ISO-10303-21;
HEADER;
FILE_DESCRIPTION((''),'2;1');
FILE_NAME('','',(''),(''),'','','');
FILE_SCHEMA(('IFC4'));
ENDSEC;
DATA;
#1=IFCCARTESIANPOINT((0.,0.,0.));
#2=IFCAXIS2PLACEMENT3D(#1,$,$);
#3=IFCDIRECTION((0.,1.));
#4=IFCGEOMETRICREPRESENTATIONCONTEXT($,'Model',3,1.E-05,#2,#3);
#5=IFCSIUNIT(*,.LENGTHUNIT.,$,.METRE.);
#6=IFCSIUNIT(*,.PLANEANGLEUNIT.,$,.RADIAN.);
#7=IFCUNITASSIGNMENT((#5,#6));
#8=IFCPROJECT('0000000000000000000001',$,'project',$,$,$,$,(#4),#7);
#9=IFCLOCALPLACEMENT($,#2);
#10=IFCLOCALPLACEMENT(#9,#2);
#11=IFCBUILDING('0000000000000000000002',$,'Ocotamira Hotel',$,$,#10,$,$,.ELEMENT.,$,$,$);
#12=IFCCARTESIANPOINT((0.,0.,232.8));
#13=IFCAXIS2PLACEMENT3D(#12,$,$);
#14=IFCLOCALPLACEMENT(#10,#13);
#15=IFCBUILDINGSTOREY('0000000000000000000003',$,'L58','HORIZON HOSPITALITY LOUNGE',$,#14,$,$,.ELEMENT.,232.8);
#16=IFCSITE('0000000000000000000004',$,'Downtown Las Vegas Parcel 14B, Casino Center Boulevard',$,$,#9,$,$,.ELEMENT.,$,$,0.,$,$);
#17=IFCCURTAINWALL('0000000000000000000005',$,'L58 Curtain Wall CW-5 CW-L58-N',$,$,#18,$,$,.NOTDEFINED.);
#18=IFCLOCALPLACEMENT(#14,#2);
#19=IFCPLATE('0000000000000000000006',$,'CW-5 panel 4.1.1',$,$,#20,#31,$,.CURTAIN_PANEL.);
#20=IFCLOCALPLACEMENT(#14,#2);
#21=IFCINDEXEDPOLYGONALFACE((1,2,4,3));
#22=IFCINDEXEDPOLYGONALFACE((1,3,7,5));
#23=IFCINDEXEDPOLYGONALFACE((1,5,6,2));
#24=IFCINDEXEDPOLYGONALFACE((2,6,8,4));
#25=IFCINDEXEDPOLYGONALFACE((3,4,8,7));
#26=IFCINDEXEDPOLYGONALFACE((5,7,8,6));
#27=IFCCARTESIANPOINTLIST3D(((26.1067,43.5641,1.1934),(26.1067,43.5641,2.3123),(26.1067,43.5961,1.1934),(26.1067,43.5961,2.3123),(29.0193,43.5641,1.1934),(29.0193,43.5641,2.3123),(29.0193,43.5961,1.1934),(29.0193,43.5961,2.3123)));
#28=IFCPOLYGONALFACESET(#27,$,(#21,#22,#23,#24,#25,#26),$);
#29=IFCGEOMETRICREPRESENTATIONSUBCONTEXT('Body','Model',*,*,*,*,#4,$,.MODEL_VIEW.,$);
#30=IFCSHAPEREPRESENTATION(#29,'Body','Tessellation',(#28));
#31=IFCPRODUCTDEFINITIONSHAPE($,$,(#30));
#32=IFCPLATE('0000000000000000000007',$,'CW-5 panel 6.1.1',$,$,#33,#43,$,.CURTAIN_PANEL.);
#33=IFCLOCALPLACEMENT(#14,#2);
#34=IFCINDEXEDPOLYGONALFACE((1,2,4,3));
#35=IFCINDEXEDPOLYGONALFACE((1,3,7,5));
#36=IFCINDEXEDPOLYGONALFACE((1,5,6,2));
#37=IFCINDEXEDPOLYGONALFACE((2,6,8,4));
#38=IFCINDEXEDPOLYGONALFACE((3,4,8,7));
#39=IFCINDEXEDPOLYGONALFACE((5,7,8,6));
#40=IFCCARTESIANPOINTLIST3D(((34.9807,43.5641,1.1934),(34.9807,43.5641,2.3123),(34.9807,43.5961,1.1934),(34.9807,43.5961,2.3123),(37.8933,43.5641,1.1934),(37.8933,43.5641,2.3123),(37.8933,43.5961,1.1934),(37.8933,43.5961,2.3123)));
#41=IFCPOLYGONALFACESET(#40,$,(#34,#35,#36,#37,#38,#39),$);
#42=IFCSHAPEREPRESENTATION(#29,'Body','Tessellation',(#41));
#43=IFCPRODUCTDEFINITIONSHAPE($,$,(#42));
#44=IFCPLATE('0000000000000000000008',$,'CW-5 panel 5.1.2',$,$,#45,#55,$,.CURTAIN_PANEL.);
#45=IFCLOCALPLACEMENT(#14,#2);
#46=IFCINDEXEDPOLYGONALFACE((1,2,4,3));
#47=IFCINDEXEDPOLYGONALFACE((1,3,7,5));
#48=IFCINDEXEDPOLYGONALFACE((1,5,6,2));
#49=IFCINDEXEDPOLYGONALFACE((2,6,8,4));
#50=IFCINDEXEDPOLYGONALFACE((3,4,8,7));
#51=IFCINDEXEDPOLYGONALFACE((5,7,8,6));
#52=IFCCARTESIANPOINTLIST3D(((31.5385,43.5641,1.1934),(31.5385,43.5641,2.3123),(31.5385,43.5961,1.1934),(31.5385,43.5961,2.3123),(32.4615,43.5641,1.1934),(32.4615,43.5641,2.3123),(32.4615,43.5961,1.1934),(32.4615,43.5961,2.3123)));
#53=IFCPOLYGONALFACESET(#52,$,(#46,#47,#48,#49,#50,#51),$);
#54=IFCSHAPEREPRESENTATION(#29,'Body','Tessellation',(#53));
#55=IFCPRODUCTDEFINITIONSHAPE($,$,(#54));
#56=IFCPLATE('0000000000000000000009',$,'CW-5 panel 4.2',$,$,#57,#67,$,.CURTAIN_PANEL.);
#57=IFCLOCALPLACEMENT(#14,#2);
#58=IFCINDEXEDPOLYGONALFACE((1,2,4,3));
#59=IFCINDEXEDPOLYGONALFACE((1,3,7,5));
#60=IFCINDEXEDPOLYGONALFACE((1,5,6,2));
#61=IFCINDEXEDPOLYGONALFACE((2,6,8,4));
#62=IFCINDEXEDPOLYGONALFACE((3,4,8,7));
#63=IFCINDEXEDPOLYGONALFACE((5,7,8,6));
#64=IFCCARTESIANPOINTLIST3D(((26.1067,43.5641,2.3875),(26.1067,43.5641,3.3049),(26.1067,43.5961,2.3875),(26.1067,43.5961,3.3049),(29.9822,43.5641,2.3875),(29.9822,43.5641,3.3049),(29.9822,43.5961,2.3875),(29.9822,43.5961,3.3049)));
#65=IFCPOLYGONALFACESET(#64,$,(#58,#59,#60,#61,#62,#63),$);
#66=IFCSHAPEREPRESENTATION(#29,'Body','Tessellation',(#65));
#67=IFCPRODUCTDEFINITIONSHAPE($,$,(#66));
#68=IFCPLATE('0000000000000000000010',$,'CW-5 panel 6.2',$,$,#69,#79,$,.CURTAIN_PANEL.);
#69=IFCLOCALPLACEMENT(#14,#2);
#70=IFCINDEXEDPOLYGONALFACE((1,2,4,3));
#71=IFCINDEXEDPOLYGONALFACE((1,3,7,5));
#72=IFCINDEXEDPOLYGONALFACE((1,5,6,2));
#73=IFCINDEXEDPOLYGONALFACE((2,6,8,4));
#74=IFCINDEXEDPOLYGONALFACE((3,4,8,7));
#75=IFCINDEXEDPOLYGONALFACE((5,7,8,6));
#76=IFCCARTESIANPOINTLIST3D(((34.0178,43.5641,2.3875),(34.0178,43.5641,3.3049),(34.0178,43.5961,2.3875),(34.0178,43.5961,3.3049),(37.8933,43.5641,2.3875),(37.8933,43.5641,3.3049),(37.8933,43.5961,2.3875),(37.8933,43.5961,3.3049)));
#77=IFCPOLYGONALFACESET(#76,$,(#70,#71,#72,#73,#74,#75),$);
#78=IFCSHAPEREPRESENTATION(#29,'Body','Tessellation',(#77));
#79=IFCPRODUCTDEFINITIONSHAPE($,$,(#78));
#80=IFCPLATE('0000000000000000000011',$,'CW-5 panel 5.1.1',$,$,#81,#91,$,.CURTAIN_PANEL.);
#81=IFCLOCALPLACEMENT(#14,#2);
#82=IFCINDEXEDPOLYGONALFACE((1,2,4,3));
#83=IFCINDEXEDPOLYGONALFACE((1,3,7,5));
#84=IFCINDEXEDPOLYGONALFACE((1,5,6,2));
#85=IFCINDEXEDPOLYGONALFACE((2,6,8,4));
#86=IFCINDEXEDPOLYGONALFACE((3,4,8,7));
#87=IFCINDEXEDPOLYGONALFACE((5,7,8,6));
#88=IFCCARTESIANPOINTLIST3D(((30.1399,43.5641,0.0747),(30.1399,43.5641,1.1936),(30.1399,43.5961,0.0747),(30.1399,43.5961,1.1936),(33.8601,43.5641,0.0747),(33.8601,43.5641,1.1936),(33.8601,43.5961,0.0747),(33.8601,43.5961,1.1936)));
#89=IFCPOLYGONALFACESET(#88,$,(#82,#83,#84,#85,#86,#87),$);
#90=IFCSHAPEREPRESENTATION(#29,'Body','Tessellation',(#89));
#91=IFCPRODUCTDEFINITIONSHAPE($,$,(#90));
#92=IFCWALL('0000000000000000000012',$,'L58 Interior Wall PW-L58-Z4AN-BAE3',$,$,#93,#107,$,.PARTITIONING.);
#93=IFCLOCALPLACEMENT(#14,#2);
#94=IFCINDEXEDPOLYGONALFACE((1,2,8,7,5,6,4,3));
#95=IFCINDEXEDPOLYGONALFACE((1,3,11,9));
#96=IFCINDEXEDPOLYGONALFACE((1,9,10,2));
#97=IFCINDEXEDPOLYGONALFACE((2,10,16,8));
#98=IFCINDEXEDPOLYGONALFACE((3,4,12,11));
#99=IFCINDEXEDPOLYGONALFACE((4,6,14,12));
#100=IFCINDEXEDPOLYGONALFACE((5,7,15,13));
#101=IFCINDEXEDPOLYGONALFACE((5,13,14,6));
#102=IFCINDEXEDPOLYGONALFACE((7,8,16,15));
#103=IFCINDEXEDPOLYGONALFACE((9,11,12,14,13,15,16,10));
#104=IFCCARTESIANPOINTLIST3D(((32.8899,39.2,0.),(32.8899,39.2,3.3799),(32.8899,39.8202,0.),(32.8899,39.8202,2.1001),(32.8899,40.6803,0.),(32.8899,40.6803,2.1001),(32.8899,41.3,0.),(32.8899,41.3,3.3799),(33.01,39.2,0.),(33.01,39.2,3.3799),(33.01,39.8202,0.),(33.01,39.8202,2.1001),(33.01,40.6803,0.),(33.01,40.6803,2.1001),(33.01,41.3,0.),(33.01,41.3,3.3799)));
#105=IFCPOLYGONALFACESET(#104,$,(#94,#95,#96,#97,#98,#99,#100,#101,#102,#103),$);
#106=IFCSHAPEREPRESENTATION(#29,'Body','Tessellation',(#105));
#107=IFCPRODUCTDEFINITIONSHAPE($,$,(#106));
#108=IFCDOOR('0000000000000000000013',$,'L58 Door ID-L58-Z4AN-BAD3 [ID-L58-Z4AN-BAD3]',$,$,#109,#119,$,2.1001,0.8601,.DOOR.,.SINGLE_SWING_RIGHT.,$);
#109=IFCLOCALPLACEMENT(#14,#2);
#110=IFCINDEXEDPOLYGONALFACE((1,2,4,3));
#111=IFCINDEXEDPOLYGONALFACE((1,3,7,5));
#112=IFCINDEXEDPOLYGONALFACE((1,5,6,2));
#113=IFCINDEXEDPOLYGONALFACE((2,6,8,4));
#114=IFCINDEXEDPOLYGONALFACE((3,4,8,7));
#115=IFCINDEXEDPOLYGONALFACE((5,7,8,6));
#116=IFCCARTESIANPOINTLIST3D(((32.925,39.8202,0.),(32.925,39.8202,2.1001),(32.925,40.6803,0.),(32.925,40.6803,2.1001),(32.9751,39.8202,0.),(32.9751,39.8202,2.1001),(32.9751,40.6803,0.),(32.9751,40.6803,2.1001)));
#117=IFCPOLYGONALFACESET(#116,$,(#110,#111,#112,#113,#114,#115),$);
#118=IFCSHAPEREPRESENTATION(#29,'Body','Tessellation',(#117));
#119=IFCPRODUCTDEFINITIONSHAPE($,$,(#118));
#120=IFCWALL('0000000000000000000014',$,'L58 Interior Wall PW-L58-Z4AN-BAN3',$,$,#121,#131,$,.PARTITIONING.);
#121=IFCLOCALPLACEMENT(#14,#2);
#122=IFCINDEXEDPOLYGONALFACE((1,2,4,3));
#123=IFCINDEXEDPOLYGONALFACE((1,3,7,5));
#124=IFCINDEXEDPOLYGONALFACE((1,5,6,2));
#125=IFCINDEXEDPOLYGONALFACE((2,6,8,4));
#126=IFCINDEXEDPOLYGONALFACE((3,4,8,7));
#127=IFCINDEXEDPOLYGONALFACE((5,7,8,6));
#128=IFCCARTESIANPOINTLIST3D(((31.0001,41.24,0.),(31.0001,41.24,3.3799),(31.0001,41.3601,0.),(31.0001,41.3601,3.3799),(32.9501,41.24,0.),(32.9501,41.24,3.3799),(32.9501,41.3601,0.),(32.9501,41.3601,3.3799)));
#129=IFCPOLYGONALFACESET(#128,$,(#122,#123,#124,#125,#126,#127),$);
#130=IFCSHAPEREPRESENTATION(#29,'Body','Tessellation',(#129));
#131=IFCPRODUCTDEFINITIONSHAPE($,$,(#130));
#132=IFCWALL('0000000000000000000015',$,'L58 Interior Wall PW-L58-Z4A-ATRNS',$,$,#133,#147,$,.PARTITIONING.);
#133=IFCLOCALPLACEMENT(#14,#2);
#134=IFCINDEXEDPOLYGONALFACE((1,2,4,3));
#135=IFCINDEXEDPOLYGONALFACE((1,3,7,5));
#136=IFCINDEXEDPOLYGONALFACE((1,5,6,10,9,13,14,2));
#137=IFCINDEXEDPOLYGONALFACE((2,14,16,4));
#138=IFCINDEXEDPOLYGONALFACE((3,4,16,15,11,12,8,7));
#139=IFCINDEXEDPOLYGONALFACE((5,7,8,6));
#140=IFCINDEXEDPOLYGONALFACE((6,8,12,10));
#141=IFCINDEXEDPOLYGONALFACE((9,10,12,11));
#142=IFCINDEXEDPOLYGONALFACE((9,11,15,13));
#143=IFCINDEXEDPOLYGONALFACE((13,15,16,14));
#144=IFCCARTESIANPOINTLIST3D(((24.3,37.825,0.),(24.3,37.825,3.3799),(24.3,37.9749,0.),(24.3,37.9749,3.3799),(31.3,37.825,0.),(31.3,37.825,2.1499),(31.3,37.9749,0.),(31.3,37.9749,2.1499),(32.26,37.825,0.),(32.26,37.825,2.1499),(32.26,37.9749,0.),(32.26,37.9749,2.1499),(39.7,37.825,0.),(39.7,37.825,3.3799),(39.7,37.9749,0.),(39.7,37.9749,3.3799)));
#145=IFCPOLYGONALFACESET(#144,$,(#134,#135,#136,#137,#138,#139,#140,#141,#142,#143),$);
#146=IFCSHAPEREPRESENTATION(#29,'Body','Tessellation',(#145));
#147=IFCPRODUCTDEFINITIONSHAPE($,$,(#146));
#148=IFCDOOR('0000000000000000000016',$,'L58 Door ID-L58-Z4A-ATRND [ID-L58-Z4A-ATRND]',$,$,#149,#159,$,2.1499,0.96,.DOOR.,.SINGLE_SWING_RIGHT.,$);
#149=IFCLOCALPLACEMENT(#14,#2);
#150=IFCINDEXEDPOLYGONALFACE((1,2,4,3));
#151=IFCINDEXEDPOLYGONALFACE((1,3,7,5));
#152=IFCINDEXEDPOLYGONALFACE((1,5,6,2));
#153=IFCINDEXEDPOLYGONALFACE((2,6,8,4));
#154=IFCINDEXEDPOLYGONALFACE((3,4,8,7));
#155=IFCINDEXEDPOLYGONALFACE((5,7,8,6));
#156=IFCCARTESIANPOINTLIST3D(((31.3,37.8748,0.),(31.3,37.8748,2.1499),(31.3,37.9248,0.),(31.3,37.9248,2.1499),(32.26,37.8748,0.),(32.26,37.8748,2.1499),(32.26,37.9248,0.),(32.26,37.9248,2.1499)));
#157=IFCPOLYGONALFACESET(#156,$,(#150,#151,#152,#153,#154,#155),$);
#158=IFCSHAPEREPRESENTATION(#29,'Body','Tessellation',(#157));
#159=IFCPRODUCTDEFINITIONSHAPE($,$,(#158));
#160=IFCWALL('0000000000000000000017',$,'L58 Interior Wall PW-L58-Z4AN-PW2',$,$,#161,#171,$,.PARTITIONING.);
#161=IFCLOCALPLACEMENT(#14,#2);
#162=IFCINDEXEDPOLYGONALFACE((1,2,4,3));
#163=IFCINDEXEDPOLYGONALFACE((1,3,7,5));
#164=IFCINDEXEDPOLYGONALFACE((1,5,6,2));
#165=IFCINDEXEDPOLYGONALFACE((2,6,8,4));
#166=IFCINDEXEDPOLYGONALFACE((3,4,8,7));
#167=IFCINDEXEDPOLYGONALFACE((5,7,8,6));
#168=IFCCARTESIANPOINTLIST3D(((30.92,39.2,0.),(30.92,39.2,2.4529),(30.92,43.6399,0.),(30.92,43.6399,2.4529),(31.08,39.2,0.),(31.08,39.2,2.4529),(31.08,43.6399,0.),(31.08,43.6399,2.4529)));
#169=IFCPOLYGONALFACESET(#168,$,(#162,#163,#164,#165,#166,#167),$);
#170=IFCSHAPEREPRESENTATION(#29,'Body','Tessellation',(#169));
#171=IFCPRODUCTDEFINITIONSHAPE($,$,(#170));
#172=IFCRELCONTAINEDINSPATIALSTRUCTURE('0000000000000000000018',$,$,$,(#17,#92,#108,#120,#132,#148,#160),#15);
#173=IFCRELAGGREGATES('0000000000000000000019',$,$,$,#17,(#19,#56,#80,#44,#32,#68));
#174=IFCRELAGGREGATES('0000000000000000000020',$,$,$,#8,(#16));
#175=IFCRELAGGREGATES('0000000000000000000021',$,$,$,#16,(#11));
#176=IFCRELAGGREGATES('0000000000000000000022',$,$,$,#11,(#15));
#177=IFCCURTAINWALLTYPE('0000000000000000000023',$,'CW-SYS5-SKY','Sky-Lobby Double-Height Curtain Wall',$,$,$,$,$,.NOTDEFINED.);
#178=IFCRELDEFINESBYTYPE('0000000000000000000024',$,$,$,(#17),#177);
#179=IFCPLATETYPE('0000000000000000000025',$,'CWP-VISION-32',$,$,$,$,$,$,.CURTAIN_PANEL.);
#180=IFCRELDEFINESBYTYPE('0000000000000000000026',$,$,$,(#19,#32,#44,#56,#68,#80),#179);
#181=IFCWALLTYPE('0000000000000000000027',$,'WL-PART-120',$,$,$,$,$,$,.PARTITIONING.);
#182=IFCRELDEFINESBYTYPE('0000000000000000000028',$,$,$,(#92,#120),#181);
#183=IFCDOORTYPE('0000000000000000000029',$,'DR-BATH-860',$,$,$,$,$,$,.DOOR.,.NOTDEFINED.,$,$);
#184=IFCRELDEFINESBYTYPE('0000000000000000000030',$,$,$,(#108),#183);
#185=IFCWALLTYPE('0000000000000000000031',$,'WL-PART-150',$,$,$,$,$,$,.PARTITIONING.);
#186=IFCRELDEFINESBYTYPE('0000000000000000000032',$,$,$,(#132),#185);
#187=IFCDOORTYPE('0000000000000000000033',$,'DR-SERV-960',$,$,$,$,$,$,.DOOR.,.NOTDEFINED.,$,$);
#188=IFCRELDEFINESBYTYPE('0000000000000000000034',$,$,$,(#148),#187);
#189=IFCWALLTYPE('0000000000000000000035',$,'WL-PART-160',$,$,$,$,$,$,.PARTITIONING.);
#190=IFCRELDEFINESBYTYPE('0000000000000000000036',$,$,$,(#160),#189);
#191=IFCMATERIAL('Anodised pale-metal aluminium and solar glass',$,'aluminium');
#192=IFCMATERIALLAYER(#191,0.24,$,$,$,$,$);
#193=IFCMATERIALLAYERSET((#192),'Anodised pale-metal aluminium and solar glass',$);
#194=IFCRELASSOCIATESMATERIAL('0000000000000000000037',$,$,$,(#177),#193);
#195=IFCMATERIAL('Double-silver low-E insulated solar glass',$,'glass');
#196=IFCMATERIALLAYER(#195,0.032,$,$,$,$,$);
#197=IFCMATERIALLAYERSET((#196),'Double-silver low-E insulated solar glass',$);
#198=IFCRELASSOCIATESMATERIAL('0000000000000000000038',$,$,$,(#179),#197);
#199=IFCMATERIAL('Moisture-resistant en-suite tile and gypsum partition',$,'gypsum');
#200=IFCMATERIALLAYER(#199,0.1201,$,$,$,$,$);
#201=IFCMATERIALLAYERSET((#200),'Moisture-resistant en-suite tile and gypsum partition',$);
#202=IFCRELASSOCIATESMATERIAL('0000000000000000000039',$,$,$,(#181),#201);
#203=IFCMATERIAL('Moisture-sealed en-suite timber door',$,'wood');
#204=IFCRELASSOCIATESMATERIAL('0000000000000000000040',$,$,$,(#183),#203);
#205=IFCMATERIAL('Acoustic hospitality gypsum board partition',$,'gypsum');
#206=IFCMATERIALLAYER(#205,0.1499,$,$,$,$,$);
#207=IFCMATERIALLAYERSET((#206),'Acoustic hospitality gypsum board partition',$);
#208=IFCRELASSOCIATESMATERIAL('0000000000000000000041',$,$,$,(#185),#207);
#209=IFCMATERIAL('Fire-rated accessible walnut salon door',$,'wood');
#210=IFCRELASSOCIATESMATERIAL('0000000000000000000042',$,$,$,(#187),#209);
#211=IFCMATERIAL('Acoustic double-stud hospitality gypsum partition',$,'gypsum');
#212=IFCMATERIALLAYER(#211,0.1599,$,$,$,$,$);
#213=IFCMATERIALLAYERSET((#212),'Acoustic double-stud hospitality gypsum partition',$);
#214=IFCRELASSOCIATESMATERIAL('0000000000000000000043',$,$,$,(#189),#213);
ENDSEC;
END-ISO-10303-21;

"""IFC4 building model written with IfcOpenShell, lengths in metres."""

from ifc_helpers import new_model, si_unit, direction, frame, frame_2d, origin, origin_2d, place, context, subcontext, project, spatial, rectangle, extrude, source, transform, mapped, material, layer, layer_set, type_object, element, fill, aggregate, save


model = new_model("IFC4")

# Units and contexts
model_context = context("Model", 3, precision=1e-05, world=origin(), true_north=direction((0.0, 1.0)))
body_context = subcontext(model_context, "Body", "Model", "MODEL_VIEW")
ifc_project = project(units=[si_unit("LENGTHUNIT", "METRE"), si_unit("PLANEANGLEUNIT", "RADIAN")], contexts=[model_context])

# Site, building, storey
site_placement = place(None, origin())
site = spatial("IfcSite", under=ifc_project, at=site_placement, Name="Downtown Las Vegas Parcel 14B, Casino Center Boulevard", CompositionType="ELEMENT", RefElevation=0.0)
building_placement = place(site_placement, origin())
building = spatial("IfcBuilding", under=site, at=building_placement, Name="Ocotamira Hotel", CompositionType="ELEMENT")
storey_placement = place(building_placement, frame((0.0, 0.0, 232.8)))
storey = spatial("IfcBuildingStorey", under=building, at=storey_placement, Name="L58", Description="HORIZON HOSPITALITY LOUNGE", CompositionType="ELEMENT", Elevation=232.8)

# Curtain wall
ifc_material_1 = material(Name="Anodised pale-metal aluminium and solar glass", Category="aluminium")
ifc_layer_1 = layer(ifc_material_1, 0.24)
ifc_layer_set_1 = layer_set([ifc_layer_1], Name="Anodised pale-metal aluminium and solar glass")
curtain_wall_type = type_object("IfcCurtainWallType", Name="CW-SYS5-SKY", Description="Sky-Lobby Double-Height Curtain Wall", PredefinedType="NOTDEFINED", material=ifc_layer_set_1)
curtain_wall_placement = place(storey_placement, origin())
curtain_wall = element("IfcCurtainWall", 1, at=curtain_wall_placement, inside=storey, type_object=curtain_wall_type, Name="L58 Curtain Wall CW-5 CW-L58-N", PredefinedType="NOTDEFINED")

# Plates
ifc_material_2 = material(Name="Double-silver low-E insulated solar glass", Category="glass")
ifc_layer_2 = layer(ifc_material_2, 0.032)
ifc_layer_set_2 = layer_set([ifc_layer_2], Name="Double-silver low-E insulated solar glass")
plate_type_1 = type_object("IfcPlateType", Name="CWP-VISION-32", PredefinedType="CURTAIN_PANEL", material=ifc_layer_set_2)
shared_shape_1 = source(origin(), body_context, "Body", "SweptSolid", [
    extrude(rectangle(XDim=2.9126, YDim=0.032, at=origin_2d()), origin(), (0.0, 0.0, 1.0), 1.1189),
])
plate_1_placement = place(storey_placement, frame((27.563, 43.5801, 1.1934), z_axis=(0.0, 0.0, 1.0), x_axis=(1.0, 0.0, 0.0)))
plate_1 = element("IfcPlate", 2, at=plate_1_placement, type_object=plate_type_1, Name="CW-5 panel 4.1.1", PredefinedType="CURTAIN_PANEL", context=body_context, shape_type="MappedRepresentation", body=[
    mapped(shared_shape_1, transform((0.0, 0.0, 0.0), scale=1.0)),
])
plate_2_placement = place(storey_placement, frame((36.437, 43.5801, 1.1934), z_axis=(0.0, 0.0, 1.0), x_axis=(1.0, 0.0, 0.0)))
plate_2 = element("IfcPlate", 3, at=plate_2_placement, type_object=plate_type_1, Name="CW-5 panel 6.1.1", PredefinedType="CURTAIN_PANEL", context=body_context, shape_type="MappedRepresentation", body=[
    mapped(shared_shape_1, transform((0.0, 0.0, 0.0), scale=1.0)),
])
shared_shape_2 = source(origin(), body_context, "Body", "SweptSolid", [
    extrude(rectangle(XDim=0.9231, YDim=0.032, at=origin_2d()), origin(), (0.0, 0.0, 1.0), 1.1189),
])
plate_3_placement = place(storey_placement, frame((32.0, 43.5801, 1.1934), z_axis=(0.0, 0.0, 1.0), x_axis=(1.0, 0.0, 0.0)))
plate_3 = element("IfcPlate", 4, at=plate_3_placement, type_object=plate_type_1, Name="CW-5 panel 5.1.2", PredefinedType="CURTAIN_PANEL", context=body_context, shape_type="MappedRepresentation", body=[
    mapped(shared_shape_2, transform((0.0, 0.0, 0.0), scale=1.0)),
])
shared_shape_3 = source(origin(), body_context, "Body", "SweptSolid", [
    extrude(rectangle(XDim=3.8755, YDim=0.032, at=origin_2d()), origin(), (0.0, 0.0, 1.0), 0.9175),
])
plate_4_placement = place(storey_placement, frame((28.0444, 43.5801, 2.3875), z_axis=(0.0, 0.0, 1.0), x_axis=(1.0, 0.0, 0.0)))
plate_4 = element("IfcPlate", 5, at=plate_4_placement, type_object=plate_type_1, Name="CW-5 panel 4.2", PredefinedType="CURTAIN_PANEL", context=body_context, shape_type="MappedRepresentation", body=[
    mapped(shared_shape_3, transform((0.0, 0.0, 0.0), scale=1.0)),
])
plate_5_placement = place(storey_placement, frame((35.9556, 43.5801, 2.3875), z_axis=(0.0, 0.0, 1.0), x_axis=(1.0, 0.0, 0.0)))
plate_5 = element("IfcPlate", 6, at=plate_5_placement, type_object=plate_type_1, Name="CW-5 panel 6.2", PredefinedType="CURTAIN_PANEL", context=body_context, shape_type="MappedRepresentation", body=[
    mapped(shared_shape_3, transform((0.0, 0.0, 0.0), scale=1.0)),
])
shared_shape_4 = source(origin(), body_context, "Body", "SweptSolid", [
    extrude(rectangle(XDim=3.7202, YDim=0.032, at=origin_2d()), origin(), (0.0, 0.0, 1.0), 1.1189),
])
plate_6_placement = place(storey_placement, frame((32.0, 43.5801, 0.0747), z_axis=(0.0, 0.0, 1.0), x_axis=(1.0, 0.0, 0.0)))
plate_6 = element("IfcPlate", 7, at=plate_6_placement, type_object=plate_type_1, Name="CW-5 panel 5.1.1", PredefinedType="CURTAIN_PANEL", context=body_context, shape_type="MappedRepresentation", body=[
    mapped(shared_shape_4, transform((0.0, 0.0, 0.0), scale=1.0)),
])
aggregate(curtain_wall, [plate_1, plate_4, plate_6, plate_3, plate_2, plate_5])

# Wall, opening, door
ifc_material_3 = material(Name="Moisture-resistant en-suite tile and gypsum partition", Category="gypsum")
ifc_layer_3 = layer(ifc_material_3, 0.1201)
ifc_layer_set_3 = layer_set([ifc_layer_3], Name="Moisture-resistant en-suite tile and gypsum partition")
wall_type_1 = type_object("IfcWallType", Name="WL-PART-120", PredefinedType="PARTITIONING", material=ifc_layer_set_3)
wall_1_placement = place(storey_placement, frame((32.95, 39.2, 0.0), z_axis=(0.0, 0.0, 1.0), x_axis=(0.0, 1.0, 0.0)))
wall_1 = element("IfcWall", 8, at=wall_1_placement, inside=storey, type_object=wall_type_1, Name="L58 Interior Wall PW-L58-Z4AN-BAE3", PredefinedType="PARTITIONING", context=body_context, shape_type="SweptSolid", body=[
    extrude(rectangle(XDim=2.1001, YDim=0.1201, at=frame_2d((1.05, 0.0))), origin(), (0.0, 0.0, 1.0), 3.3799),
])
opening_1_placement = place(wall_1_placement, frame((0.6201, 0.0, 0.0)))
opening_1 = element("IfcOpeningElement", 9, at=opening_1_placement, cuts=wall_1, PredefinedType="OPENING", context=body_context, shape_type="SweptSolid", body=[
    extrude(rectangle(XDim=0.8601, YDim=2.1001, at=frame_2d((0.4302, 1.05))), frame((0.0, 0.0701, 0.0), z_axis=(0.0, -1.0, 0.0), x_axis=(1.0, 0.0, 0.0)), (0.0, 0.0, 1.0), 0.1401),
])
ifc_material_4 = material(Name="Moisture-sealed en-suite timber door", Category="wood")
door_type_1 = type_object("IfcDoorType", Name="DR-BATH-860", OperationType="NOTDEFINED", PredefinedType="DOOR", material=ifc_material_4)
shared_shape_5 = source(origin(), body_context, "Body", "SweptSolid", [
    extrude(rectangle(XDim=0.8601, YDim=2.1001, at=frame_2d((0.4302, 1.05))), frame((0.0, 0.0249, 0.0), z_axis=(0.0, -1.0, 0.0), x_axis=(1.0, 0.0, 0.0)), (0.0, 0.0, 1.0), 0.05),
])
door_1_placement = place(opening_1_placement, origin())
door_1 = element("IfcDoor", 10, at=door_1_placement, inside=storey, type_object=door_type_1, Name="L58 Door ID-L58-Z4AN-BAD3 [ID-L58-Z4AN-BAD3]", OperationType="SINGLE_SWING_RIGHT", OverallHeight=2.1001, OverallWidth=0.8601, PredefinedType="DOOR", context=body_context, shape_type="MappedRepresentation", body=[
    mapped(shared_shape_5, transform((0.0, 0.0, 0.0), scale=1.0)),
])
fill(opening_1, door_1)

# Wall
wall_2_placement = place(storey_placement, frame((31.0, 41.3, 0.0), z_axis=(0.0, 0.0, 1.0), x_axis=(1.0, 0.0, 0.0)))
element("IfcWall", 11, at=wall_2_placement, inside=storey, type_object=wall_type_1, Name="L58 Interior Wall PW-L58-Z4AN-BAN3", PredefinedType="PARTITIONING", context=body_context, shape_type="SweptSolid", body=[
    extrude(rectangle(XDim=1.95, YDim=0.1201, at=frame_2d((0.9751, 0.0))), origin(), (0.0, 0.0, 1.0), 3.3799),
])

# Wall, opening, door
ifc_material_5 = material(Name="Acoustic hospitality gypsum board partition", Category="gypsum")
ifc_layer_4 = layer(ifc_material_5, 0.1499)
ifc_layer_set_4 = layer_set([ifc_layer_4], Name="Acoustic hospitality gypsum board partition")
wall_type_2 = type_object("IfcWallType", Name="WL-PART-150", PredefinedType="PARTITIONING", material=ifc_layer_set_4)
wall_3_placement = place(storey_placement, frame((24.3, 37.8999, 0.0), z_axis=(0.0, 0.0, 1.0), x_axis=(1.0, 0.0, 0.0)))
wall_3 = element("IfcWall", 12, at=wall_3_placement, inside=storey, type_object=wall_type_2, Name="L58 Interior Wall PW-L58-Z4A-ATRNS", PredefinedType="PARTITIONING", context=body_context, shape_type="SweptSolid", body=[
    extrude(rectangle(XDim=15.3999, YDim=0.1499, at=frame_2d((7.7, 0.0))), origin(), (0.0, 0.0, 1.0), 3.3799),
])
opening_2_placement = place(wall_3_placement, frame((7.0, 0.0, 0.0)))
opening_2 = element("IfcOpeningElement", 13, at=opening_2_placement, cuts=wall_3, PredefinedType="OPENING", context=body_context, shape_type="SweptSolid", body=[
    extrude(rectangle(XDim=0.96, YDim=2.1499, at=frame_2d((0.48, 1.075))), frame((0.0, 0.085, 0.0), z_axis=(0.0, -1.0, 0.0), x_axis=(1.0, 0.0, 0.0)), (0.0, 0.0, 1.0), 0.1699),
])
ifc_material_6 = material(Name="Fire-rated accessible walnut salon door", Category="wood")
door_type_2 = type_object("IfcDoorType", Name="DR-SERV-960", OperationType="NOTDEFINED", PredefinedType="DOOR", material=ifc_material_6)
shared_shape_6 = source(origin(), body_context, "Body", "SweptSolid", [
    extrude(rectangle(XDim=0.96, YDim=2.1499, at=frame_2d((0.48, 1.075))), frame((0.0, 0.0249, 0.0), z_axis=(0.0, -1.0, 0.0), x_axis=(1.0, 0.0, 0.0)), (0.0, 0.0, 1.0), 0.05),
])
door_2_placement = place(opening_2_placement, origin())
door_2 = element("IfcDoor", 14, at=door_2_placement, inside=storey, type_object=door_type_2, Name="L58 Door ID-L58-Z4A-ATRND [ID-L58-Z4A-ATRND]", OperationType="SINGLE_SWING_RIGHT", OverallHeight=2.1499, OverallWidth=0.96, PredefinedType="DOOR", context=body_context, shape_type="MappedRepresentation", body=[
    mapped(shared_shape_6, transform((0.0, 0.0, 0.0), scale=1.0)),
])
fill(opening_2, door_2)

# Wall
ifc_material_7 = material(Name="Acoustic double-stud hospitality gypsum partition", Category="gypsum")
ifc_layer_5 = layer(ifc_material_7, 0.1599)
ifc_layer_set_5 = layer_set([ifc_layer_5], Name="Acoustic double-stud hospitality gypsum partition")
wall_type_3 = type_object("IfcWallType", Name="WL-PART-160", PredefinedType="PARTITIONING", material=ifc_layer_set_5)
wall_4_placement = place(storey_placement, frame((31.0, 39.2, 0.0), z_axis=(0.0, 0.0, 1.0), x_axis=(0.0, 1.0, 0.0)))
element("IfcWall", 15, at=wall_4_placement, inside=storey, type_object=wall_type_3, Name="L58 Interior Wall PW-L58-Z4AN-PW2", PredefinedType="PARTITIONING", context=body_context, shape_type="SweptSolid", body=[
    extrude(rectangle(XDim=4.4399, YDim=0.1599, at=frame_2d((2.22, 0.0))), origin(), (0.0, 0.0, 1.0), 2.4529),
])

save(model, "model.ifc")
